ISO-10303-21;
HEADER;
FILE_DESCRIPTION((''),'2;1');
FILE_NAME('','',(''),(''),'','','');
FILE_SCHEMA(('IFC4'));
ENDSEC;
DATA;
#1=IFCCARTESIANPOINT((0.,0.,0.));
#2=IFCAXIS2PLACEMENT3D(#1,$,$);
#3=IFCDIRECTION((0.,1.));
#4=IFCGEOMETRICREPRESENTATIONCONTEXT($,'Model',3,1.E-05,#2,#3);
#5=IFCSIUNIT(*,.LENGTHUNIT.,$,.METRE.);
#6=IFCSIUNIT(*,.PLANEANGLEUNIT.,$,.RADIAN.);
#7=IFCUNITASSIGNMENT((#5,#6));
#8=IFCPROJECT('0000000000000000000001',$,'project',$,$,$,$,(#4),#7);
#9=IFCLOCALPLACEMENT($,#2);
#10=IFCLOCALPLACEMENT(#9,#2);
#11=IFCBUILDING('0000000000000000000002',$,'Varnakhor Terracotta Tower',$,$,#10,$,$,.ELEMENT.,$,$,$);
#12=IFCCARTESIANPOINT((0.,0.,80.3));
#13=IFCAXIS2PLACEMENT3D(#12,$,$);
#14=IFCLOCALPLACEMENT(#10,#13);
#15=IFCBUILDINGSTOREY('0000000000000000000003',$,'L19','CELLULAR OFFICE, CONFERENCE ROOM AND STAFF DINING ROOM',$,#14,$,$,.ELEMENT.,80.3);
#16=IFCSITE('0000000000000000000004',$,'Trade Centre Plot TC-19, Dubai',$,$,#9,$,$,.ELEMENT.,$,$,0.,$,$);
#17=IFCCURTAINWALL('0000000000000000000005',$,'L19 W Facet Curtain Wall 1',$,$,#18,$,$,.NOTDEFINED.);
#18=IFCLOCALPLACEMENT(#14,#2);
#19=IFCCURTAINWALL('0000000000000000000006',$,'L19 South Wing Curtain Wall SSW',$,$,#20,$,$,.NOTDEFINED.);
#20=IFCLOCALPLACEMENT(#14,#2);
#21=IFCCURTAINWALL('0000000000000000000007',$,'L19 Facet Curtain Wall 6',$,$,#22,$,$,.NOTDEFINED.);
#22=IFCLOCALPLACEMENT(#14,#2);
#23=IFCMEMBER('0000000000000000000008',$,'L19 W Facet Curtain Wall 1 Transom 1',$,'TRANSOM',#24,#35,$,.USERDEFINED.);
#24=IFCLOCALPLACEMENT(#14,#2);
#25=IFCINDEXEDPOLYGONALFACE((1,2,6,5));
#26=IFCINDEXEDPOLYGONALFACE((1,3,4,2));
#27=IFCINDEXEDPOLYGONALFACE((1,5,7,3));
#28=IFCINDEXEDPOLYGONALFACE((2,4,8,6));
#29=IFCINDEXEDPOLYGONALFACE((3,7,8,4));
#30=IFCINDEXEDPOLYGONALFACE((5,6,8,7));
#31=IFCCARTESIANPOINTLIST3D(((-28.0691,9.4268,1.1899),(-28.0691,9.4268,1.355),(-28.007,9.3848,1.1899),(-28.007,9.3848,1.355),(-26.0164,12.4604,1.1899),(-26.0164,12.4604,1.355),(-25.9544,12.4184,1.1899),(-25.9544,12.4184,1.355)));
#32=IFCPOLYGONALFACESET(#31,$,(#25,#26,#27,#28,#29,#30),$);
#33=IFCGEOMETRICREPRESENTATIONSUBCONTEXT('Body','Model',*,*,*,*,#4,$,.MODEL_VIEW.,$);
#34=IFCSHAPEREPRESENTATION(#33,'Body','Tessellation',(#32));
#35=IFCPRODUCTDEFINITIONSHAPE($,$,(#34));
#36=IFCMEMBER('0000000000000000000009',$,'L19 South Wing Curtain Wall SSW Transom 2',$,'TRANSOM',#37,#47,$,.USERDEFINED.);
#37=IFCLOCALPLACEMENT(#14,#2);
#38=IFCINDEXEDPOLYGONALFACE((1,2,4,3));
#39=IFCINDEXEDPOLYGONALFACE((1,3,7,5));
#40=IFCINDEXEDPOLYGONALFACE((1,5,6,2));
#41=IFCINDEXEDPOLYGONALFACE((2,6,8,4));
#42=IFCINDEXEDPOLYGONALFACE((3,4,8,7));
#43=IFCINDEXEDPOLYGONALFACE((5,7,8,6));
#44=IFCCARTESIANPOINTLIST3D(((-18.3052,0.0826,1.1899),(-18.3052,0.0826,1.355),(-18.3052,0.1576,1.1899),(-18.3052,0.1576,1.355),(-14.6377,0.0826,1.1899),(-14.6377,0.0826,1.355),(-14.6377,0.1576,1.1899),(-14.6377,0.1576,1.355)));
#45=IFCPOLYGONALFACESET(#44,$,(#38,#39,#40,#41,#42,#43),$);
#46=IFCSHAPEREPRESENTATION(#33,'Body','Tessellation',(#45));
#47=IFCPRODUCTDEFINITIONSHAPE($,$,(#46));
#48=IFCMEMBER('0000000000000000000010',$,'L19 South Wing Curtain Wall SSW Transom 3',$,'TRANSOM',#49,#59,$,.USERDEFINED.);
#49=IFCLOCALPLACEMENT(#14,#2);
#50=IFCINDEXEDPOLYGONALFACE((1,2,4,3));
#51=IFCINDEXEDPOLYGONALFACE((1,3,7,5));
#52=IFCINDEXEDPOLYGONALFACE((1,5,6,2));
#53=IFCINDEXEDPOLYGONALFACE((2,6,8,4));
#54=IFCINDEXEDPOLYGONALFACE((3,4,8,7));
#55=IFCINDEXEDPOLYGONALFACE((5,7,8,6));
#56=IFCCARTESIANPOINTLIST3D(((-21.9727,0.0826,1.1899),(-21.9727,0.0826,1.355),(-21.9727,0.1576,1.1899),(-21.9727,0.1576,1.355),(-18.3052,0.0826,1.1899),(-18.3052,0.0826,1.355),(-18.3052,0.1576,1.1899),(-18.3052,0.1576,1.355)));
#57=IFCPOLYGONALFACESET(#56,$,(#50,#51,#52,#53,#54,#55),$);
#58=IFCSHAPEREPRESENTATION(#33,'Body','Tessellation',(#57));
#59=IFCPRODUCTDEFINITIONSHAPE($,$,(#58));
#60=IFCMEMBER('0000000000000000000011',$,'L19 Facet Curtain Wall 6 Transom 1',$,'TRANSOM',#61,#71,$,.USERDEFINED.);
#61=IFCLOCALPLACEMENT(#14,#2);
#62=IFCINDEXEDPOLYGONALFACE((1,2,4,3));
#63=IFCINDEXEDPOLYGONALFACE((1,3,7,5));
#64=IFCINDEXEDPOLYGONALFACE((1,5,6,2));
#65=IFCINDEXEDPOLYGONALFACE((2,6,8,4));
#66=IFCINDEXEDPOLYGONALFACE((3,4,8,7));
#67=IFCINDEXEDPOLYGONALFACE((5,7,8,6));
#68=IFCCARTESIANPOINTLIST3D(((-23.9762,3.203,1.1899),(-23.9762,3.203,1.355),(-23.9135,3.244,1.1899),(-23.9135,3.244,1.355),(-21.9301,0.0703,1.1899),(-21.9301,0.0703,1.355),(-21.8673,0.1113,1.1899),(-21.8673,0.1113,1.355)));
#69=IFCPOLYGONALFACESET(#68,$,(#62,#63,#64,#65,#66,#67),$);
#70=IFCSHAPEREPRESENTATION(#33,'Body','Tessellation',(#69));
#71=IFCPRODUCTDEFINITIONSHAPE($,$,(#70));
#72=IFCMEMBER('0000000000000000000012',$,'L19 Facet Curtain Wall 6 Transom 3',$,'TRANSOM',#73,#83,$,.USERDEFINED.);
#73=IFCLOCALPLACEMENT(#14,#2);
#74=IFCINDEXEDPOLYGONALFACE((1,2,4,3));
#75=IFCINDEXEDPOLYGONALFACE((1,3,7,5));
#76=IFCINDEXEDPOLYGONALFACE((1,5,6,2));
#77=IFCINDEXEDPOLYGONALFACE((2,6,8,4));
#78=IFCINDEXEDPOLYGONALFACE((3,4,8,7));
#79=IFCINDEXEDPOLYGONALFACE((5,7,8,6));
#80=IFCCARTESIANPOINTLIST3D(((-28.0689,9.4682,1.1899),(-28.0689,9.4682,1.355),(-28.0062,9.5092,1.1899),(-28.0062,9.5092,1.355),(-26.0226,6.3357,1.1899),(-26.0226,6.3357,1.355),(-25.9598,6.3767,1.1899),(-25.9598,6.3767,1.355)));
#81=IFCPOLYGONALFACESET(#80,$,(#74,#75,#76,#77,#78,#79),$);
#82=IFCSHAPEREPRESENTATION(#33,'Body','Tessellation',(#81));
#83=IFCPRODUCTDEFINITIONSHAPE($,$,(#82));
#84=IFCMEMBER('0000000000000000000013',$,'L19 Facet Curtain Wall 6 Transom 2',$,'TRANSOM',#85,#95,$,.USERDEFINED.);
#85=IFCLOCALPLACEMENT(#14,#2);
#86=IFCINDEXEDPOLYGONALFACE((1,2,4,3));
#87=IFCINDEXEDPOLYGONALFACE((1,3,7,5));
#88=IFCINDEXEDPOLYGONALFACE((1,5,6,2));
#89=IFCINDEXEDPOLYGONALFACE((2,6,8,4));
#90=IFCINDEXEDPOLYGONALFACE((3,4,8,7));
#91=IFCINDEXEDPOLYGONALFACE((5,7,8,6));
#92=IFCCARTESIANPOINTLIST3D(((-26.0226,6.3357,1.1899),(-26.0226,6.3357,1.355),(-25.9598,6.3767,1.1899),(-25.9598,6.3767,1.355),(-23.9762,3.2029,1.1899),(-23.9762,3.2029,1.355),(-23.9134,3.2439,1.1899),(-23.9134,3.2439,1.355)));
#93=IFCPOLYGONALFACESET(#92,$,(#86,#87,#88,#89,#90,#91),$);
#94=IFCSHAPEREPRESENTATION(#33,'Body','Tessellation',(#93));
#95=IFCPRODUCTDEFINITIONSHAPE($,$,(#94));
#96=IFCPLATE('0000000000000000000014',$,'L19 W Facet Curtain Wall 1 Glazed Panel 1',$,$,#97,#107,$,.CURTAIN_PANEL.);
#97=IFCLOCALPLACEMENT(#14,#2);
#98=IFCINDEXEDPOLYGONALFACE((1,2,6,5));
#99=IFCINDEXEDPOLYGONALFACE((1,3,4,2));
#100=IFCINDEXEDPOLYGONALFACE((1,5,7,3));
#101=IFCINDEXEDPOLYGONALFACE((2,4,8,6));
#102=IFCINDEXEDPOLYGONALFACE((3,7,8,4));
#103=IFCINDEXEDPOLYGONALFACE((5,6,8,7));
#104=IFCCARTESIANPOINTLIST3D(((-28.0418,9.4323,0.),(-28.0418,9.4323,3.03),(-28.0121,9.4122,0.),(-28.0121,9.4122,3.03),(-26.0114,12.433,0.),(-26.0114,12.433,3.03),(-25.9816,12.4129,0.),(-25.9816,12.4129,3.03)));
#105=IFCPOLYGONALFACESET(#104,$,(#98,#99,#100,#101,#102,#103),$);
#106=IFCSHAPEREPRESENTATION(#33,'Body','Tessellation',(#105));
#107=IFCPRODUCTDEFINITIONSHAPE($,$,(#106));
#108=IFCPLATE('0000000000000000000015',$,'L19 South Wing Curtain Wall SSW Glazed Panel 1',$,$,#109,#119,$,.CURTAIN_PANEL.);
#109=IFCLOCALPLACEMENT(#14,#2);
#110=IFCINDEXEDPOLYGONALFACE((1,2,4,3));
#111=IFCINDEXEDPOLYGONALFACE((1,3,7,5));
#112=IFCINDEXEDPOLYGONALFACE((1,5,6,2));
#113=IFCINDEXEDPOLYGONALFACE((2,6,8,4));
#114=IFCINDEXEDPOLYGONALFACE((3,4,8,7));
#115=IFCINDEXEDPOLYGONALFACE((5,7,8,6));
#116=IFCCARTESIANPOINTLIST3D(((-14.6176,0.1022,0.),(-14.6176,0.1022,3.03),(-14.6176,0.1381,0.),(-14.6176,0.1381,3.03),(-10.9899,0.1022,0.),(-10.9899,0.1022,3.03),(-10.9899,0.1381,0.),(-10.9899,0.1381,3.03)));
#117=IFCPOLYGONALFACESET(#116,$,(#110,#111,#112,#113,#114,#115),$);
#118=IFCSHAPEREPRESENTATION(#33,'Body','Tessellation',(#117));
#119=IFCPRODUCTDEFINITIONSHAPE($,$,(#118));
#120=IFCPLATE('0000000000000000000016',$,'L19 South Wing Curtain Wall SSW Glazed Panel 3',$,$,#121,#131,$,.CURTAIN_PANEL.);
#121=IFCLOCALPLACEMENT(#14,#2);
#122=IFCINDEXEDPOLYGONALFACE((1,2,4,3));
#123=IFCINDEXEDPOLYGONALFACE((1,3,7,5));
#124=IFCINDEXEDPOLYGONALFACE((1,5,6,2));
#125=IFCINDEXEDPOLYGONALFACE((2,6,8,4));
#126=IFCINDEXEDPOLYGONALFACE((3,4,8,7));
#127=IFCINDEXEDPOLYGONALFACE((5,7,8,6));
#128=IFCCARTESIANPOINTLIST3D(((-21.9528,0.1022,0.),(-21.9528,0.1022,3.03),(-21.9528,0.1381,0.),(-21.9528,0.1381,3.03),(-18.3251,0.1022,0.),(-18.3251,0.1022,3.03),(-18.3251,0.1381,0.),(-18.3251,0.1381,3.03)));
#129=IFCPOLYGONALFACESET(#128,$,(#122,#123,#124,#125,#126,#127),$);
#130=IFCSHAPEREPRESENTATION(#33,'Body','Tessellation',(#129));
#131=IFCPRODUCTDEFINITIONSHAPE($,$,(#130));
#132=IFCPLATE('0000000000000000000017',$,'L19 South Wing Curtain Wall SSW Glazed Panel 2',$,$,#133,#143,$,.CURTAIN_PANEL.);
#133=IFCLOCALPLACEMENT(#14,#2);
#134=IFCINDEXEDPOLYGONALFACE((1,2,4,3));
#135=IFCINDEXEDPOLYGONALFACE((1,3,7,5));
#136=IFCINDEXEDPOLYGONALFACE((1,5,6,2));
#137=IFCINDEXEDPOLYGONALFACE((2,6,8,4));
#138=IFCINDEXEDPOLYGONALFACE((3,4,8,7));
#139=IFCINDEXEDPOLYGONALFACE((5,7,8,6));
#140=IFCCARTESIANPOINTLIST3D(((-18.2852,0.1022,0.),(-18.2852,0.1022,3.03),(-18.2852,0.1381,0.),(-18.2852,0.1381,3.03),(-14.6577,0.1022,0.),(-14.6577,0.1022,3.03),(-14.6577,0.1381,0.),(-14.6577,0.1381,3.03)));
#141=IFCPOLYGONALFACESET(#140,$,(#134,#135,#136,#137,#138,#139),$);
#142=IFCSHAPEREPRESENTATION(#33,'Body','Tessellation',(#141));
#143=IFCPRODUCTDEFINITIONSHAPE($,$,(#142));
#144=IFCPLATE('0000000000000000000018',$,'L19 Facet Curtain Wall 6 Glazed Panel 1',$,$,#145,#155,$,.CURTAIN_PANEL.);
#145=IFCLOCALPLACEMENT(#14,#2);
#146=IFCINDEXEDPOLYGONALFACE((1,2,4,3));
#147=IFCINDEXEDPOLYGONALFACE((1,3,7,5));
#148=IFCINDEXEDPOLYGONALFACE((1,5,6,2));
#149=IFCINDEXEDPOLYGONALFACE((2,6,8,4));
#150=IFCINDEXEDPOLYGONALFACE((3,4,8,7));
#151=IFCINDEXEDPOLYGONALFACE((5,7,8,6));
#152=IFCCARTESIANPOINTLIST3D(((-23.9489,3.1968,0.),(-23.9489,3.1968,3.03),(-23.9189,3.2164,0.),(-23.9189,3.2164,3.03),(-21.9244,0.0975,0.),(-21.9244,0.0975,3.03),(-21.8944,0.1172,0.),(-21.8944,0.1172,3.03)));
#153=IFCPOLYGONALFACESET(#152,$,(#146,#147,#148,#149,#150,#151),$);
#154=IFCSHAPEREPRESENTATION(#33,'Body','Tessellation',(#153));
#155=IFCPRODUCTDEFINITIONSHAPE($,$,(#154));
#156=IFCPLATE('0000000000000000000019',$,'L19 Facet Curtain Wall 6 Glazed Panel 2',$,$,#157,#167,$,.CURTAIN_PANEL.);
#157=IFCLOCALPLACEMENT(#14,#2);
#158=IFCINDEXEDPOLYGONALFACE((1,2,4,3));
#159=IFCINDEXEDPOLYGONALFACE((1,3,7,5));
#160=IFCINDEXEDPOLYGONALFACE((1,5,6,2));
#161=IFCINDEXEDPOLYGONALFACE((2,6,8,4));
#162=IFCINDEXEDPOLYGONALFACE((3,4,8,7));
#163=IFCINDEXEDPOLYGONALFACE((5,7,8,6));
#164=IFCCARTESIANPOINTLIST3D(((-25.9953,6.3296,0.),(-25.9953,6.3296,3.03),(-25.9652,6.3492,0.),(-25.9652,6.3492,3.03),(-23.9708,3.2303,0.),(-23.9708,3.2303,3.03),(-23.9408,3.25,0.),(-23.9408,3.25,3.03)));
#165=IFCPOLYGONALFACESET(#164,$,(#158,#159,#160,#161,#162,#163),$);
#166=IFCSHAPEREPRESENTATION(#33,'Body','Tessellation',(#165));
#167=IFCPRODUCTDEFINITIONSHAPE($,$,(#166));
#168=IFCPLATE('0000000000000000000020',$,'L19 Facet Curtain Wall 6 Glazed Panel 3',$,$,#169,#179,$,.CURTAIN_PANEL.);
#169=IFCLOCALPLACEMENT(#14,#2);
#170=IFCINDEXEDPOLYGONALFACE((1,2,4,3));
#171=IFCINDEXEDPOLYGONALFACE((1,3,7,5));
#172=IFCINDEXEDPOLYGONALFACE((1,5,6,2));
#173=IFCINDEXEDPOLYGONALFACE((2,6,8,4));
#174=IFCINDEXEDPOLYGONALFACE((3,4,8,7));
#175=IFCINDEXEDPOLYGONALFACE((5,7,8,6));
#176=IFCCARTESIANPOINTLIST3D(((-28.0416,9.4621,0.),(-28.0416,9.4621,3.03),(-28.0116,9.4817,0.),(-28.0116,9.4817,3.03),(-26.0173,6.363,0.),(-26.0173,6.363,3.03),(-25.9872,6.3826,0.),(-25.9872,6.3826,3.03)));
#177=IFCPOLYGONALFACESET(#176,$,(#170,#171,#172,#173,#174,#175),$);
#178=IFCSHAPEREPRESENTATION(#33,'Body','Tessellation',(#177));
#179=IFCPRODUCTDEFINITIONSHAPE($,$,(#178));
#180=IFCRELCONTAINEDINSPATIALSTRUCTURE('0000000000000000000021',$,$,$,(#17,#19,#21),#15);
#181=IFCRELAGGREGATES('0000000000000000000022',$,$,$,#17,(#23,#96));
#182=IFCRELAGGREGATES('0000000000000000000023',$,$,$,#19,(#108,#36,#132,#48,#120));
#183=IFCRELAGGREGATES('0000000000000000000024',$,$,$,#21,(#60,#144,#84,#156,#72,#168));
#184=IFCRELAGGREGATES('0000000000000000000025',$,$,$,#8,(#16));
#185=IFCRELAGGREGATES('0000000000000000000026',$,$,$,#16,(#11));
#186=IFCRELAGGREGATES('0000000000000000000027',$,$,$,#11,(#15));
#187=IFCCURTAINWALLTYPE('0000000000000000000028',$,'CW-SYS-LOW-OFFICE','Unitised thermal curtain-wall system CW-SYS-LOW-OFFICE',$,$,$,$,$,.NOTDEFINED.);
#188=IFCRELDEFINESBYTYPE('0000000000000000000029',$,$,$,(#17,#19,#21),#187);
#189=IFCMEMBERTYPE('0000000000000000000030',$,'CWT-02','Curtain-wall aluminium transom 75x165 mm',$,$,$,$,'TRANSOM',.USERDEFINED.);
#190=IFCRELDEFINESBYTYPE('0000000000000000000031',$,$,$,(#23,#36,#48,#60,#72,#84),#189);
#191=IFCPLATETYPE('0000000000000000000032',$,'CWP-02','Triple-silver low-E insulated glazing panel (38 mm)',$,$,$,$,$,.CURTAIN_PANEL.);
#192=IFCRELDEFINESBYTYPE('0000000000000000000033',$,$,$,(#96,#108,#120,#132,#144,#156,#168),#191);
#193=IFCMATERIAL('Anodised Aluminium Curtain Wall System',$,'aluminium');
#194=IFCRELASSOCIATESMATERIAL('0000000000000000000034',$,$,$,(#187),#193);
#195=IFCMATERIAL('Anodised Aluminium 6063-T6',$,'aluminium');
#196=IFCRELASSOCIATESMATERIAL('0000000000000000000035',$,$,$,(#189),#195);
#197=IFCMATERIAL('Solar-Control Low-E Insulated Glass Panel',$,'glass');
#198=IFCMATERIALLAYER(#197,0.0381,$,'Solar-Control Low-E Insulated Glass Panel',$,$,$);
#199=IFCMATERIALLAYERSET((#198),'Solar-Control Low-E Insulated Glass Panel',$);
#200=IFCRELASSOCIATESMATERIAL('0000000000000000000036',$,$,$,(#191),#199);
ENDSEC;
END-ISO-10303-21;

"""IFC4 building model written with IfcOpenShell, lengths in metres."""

from ifc_helpers import new_model, si_unit, direction, frame, origin, origin_2d, place, context, subcontext, project, spatial, rectangle, extrude, source, transform, mapped, material, layer, layer_set, material_profile, profile_set, type_object, element, aggregate, save


model = new_model("IFC4")

# Units and contexts
model_context = context("Model", 3, precision=1e-05, world=origin(), true_north=direction((0.0, 1.0)))
body_context = subcontext(model_context, "Body", "Model", "MODEL_VIEW")
ifc_project = project(units=[si_unit("LENGTHUNIT", "METRE"), si_unit("PLANEANGLEUNIT", "RADIAN")], contexts=[model_context])

# Site, building, storey
site_placement = place(None, origin())
site = spatial("IfcSite", under=ifc_project, at=site_placement, Name="Trade Centre Plot TC-19, Dubai", CompositionType="ELEMENT", RefElevation=0.0)
building_placement = place(site_placement, origin())
building = spatial("IfcBuilding", under=site, at=building_placement, Name="Varnakhor Terracotta Tower", CompositionType="ELEMENT")
storey_placement = place(building_placement, frame((0.0, 0.0, 80.3)))
storey = spatial("IfcBuildingStorey", under=building, at=storey_placement, Name="L19", Description="CELLULAR OFFICE, CONFERENCE ROOM AND STAFF DINING ROOM", CompositionType="ELEMENT", Elevation=80.3)

# Curtain wall
ifc_material_1 = material(Name="Anodised Aluminium Curtain Wall System", Category="aluminium")
curtain_wall_type = type_object("IfcCurtainWallType", Name="CW-SYS-LOW-OFFICE", Description="Unitised thermal curtain-wall system CW-SYS-LOW-OFFICE", PredefinedType="NOTDEFINED", material=ifc_material_1)
curtain_wall_1_placement = place(storey_placement, origin())
curtain_wall_1 = element("IfcCurtainWall", 1, at=curtain_wall_1_placement, inside=storey, type_object=curtain_wall_type, Name="L19 W Facet Curtain Wall 1", PredefinedType="NOTDEFINED")
ifc_material_2 = material(Name="Anodised Aluminium 6063-T6", Category="aluminium")

# Curtain walls
curtain_wall_2_placement = place(storey_placement, origin())
curtain_wall_2 = element("IfcCurtainWall", 2, at=curtain_wall_2_placement, inside=storey, type_object=curtain_wall_type, Name="L19 South Wing Curtain Wall SSW", PredefinedType="NOTDEFINED")
curtain_wall_3_placement = place(storey_placement, origin())
curtain_wall_3 = element("IfcCurtainWall", 3, at=curtain_wall_3_placement, inside=storey, type_object=curtain_wall_type, Name="L19 Facet Curtain Wall 6", PredefinedType="NOTDEFINED")

# Members
ifc_material_profile_1 = material_profile(ifc_material_2, rectangle(XDim=0.075, YDim=0.165, at=origin_2d()), Name="ALU TRANSOM 75x165")
ifc_profile_set_1 = profile_set([ifc_material_profile_1], Name="Anodised Aluminium 6063-T6")
member_type_1 = type_object("IfcMemberType", Name="CWT-02", Description="Curtain-wall aluminium transom 75x165 mm", ElementType="TRANSOM", PredefinedType="USERDEFINED", material=ifc_profile_set_1)
shared_shape_1 = source(origin(), body_context, "Body", "SweptSolid", [
    extrude(rectangle(XDim=0.075, YDim=0.165, at=origin_2d()), origin(), (0.0, 0.0, 1.0), 3.6628),
])
member_1_placement = place(storey_placement, frame((-28.0381, 9.4058, 1.2725), z_axis=(0.560409, 0.828216, 0.0), x_axis=(-0.828216, 0.560409, 0.0)))
member_1 = element("IfcMember", 4, at=member_1_placement, type_object=member_type_1, Name="L19 W Facet Curtain Wall 1 Transom 1", ObjectType="TRANSOM", PredefinedType="USERDEFINED", context=body_context, shape_type="MappedRepresentation", body=[
    mapped(shared_shape_1, transform((0.0, 0.0, 0.0), scale=1.0)),
])
shared_shape_2 = source(origin(), body_context, "Body", "SweptSolid", [
    extrude(rectangle(XDim=0.075, YDim=0.165, at=origin_2d()), origin(), (0.0, 0.0, 1.0), 3.6675),
])
member_2_placement = place(storey_placement, frame((-14.6377, 0.1201, 1.2725), z_axis=(-1.0, 0.0, 0.0), x_axis=(0.0, -1.0, 0.0)))
member_2 = element("IfcMember", 5, at=member_2_placement, type_object=member_type_1, Name="L19 South Wing Curtain Wall SSW Transom 2", ObjectType="TRANSOM", PredefinedType="USERDEFINED", context=body_context, shape_type="MappedRepresentation", body=[
    mapped(shared_shape_2, transform((0.0, 0.0, 0.0), scale=1.0)),
])
member_3_placement = place(storey_placement, frame((-18.3052, 0.1201, 1.2725), z_axis=(-1.0, 0.0, 0.0), x_axis=(0.0, -1.0, 0.0)))
member_3 = element("IfcMember", 6, at=member_3_placement, type_object=member_type_1, Name="L19 South Wing Curtain Wall SSW Transom 3", ObjectType="TRANSOM", PredefinedType="USERDEFINED", context=body_context, shape_type="MappedRepresentation", body=[
    mapped(shared_shape_2, transform((0.0, 0.0, 0.0), scale=1.0)),
])
shared_shape_3 = source(origin(), body_context, "Body", "SweptSolid", [
    extrude(rectangle(XDim=0.075, YDim=0.165, at=origin_2d()), origin(), (0.0, 0.0, 1.0), 3.7417),
])
member_4_placement = place(storey_placement, frame((-21.8987, 0.0908, 1.2725), z_axis=(-0.546861, 0.837224, 0.0), x_axis=(-0.837224, -0.546861, 0.0)))
member_4 = element("IfcMember", 7, at=member_4_placement, type_object=member_type_1, Name="L19 Facet Curtain Wall 6 Transom 1", ObjectType="TRANSOM", PredefinedType="USERDEFINED", context=body_context, shape_type="MappedRepresentation", body=[
    mapped(shared_shape_3, transform((0.0, 0.0, 0.0), scale=1.0)),
])
member_5_placement = place(storey_placement, frame((-25.9912, 6.3562, 1.2725), z_axis=(-0.546907, 0.837194, 0.0), x_axis=(-0.837194, -0.546907, 0.0)))
member_5 = element("IfcMember", 8, at=member_5_placement, type_object=member_type_1, Name="L19 Facet Curtain Wall 6 Transom 3", ObjectType="TRANSOM", PredefinedType="USERDEFINED", context=body_context, shape_type="MappedRepresentation", body=[
    mapped(shared_shape_3, transform((0.0, 0.0, 0.0), scale=1.0)),
])
shared_shape_4 = source(origin(), body_context, "Body", "SweptSolid", [
    extrude(rectangle(XDim=0.075, YDim=0.165, at=origin_2d()), origin(), (0.0, 0.0, 1.0), 3.7419),
])
member_6_placement = place(storey_placement, frame((-23.9448, 3.2234, 1.2725), z_axis=(-0.546877, 0.837213, 0.0), x_axis=(-0.837213, -0.546877, 0.0)))
member_6 = element("IfcMember", 9, at=member_6_placement, type_object=member_type_1, Name="L19 Facet Curtain Wall 6 Transom 2", ObjectType="TRANSOM", PredefinedType="USERDEFINED", context=body_context, shape_type="MappedRepresentation", body=[
    mapped(shared_shape_4, transform((0.0, 0.0, 0.0), scale=1.0)),
])

# Plates
ifc_material_3 = material(Name="Solar-Control Low-E Insulated Glass Panel", Category="glass")
ifc_layer_1 = layer(ifc_material_3, 0.0381, Name="Solar-Control Low-E Insulated Glass Panel")
ifc_layer_set_1 = layer_set([ifc_layer_1], Name="Solar-Control Low-E Insulated Glass Panel")
plate_type = type_object("IfcPlateType", Name="CWP-02", Description="Triple-silver low-E insulated glazing panel (38 mm)", PredefinedType="CURTAIN_PANEL", material=ifc_layer_set_1)
shared_shape_5 = source(origin(), body_context, "Body", "SweptSolid", [
    extrude(rectangle(XDim=3.623, YDim=0.0359, at=origin_2d()), origin(), (0.0, 0.0, 1.0), 3.03),
])
plate_1_placement = place(storey_placement, frame((-27.0117, 10.9226, 0.0), z_axis=(0.0, 0.0, 1.0), x_axis=(0.560422, 0.828207, 0.0)))
plate_1 = element("IfcPlate", 10, at=plate_1_placement, type_object=plate_type, Name="L19 W Facet Curtain Wall 1 Glazed Panel 1", PredefinedType="CURTAIN_PANEL", context=body_context, shape_type="MappedRepresentation", body=[
    mapped(shared_shape_5, transform((0.0, 0.0, 0.0), scale=1.0)),
])
aggregate(curtain_wall_1, [member_1, plate_1])
shared_shape_6 = source(origin(), body_context, "Body", "SweptSolid", [
    extrude(rectangle(XDim=3.6277, YDim=0.0359, at=origin_2d()), origin(), (0.0, 0.0, 1.0), 3.03),
])
plate_2_placement = place(storey_placement, frame((-12.8037, 0.1201, 0.0), z_axis=(0.0, 0.0, 1.0), x_axis=(-1.0, 0.0, 0.0)))
plate_2 = element("IfcPlate", 11, at=plate_2_placement, type_object=plate_type, Name="L19 South Wing Curtain Wall SSW Glazed Panel 1", PredefinedType="CURTAIN_PANEL", context=body_context, shape_type="MappedRepresentation", body=[
    mapped(shared_shape_6, transform((0.0, 0.0, 0.0), scale=1.0)),
])
plate_3_placement = place(storey_placement, frame((-20.1389, 0.1201, 0.0), z_axis=(0.0, 0.0, 1.0), x_axis=(-1.0, 0.0, 0.0)))
plate_3 = element("IfcPlate", 12, at=plate_3_placement, type_object=plate_type, Name="L19 South Wing Curtain Wall SSW Glazed Panel 3", PredefinedType="CURTAIN_PANEL", context=body_context, shape_type="MappedRepresentation", body=[
    mapped(shared_shape_6, transform((0.0, 0.0, 0.0), scale=1.0)),
])
shared_shape_7 = source(origin(), body_context, "Body", "SweptSolid", [
    extrude(rectangle(XDim=3.6274, YDim=0.0359, at=origin_2d()), origin(), (0.0, 0.0, 1.0), 3.03),
])
plate_4_placement = place(storey_placement, frame((-16.4714, 0.1201, 0.0), z_axis=(0.0, 0.0, 1.0), x_axis=(-1.0, 0.0, 0.0)))
plate_4 = element("IfcPlate", 13, at=plate_4_placement, type_object=plate_type, Name="L19 South Wing Curtain Wall SSW Glazed Panel 2", PredefinedType="CURTAIN_PANEL", context=body_context, shape_type="MappedRepresentation", body=[
    mapped(shared_shape_7, transform((0.0, 0.0, 0.0), scale=1.0)),
])
aggregate(curtain_wall_2, [plate_2, member_2, plate_4, member_3, plate_3])
shared_shape_8 = source(origin(), body_context, "Body", "SweptSolid", [
    extrude(rectangle(XDim=3.7019, YDim=0.0359, at=origin_2d()), origin(), (0.0, 0.0, 1.0), 3.03),
])
plate_5_placement = place(storey_placement, frame((-22.9216, 1.657, 0.0), z_axis=(0.0, 0.0, 1.0), x_axis=(-0.546877, 0.837213, 0.0)))
plate_5 = element("IfcPlate", 14, at=plate_5_placement, type_object=plate_type, Name="L19 Facet Curtain Wall 6 Glazed Panel 1", PredefinedType="CURTAIN_PANEL", context=body_context, shape_type="MappedRepresentation", body=[
    mapped(shared_shape_8, transform((0.0, 0.0, 0.0), scale=1.0)),
])
plate_6_placement = place(storey_placement, frame((-24.968, 4.7898, 0.0), z_axis=(0.0, 0.0, 1.0), x_axis=(-0.546877, 0.837213, 0.0)))
plate_6 = element("IfcPlate", 15, at=plate_6_placement, type_object=plate_type, Name="L19 Facet Curtain Wall 6 Glazed Panel 2", PredefinedType="CURTAIN_PANEL", context=body_context, shape_type="MappedRepresentation", body=[
    mapped(shared_shape_8, transform((0.0, 0.0, 0.0), scale=1.0)),
])
shared_shape_9 = source(origin(), body_context, "Body", "SweptSolid", [
    extrude(rectangle(XDim=3.7017, YDim=0.0359, at=origin_2d()), origin(), (0.0, 0.0, 1.0), 3.03),
])
plate_7_placement = place(storey_placement, frame((-27.0144, 7.9224, 0.0), z_axis=(0.0, 0.0, 1.0), x_axis=(-0.546877, 0.837213, 0.0)))
plate_7 = element("IfcPlate", 16, at=plate_7_placement, type_object=plate_type, Name="L19 Facet Curtain Wall 6 Glazed Panel 3", PredefinedType="CURTAIN_PANEL", context=body_context, shape_type="MappedRepresentation", body=[
    mapped(shared_shape_9, transform((0.0, 0.0, 0.0), scale=1.0)),
])
aggregate(curtain_wall_3, [member_4, plate_5, member_6, plate_6, member_5, plate_7])

save(model, "model.ifc")
